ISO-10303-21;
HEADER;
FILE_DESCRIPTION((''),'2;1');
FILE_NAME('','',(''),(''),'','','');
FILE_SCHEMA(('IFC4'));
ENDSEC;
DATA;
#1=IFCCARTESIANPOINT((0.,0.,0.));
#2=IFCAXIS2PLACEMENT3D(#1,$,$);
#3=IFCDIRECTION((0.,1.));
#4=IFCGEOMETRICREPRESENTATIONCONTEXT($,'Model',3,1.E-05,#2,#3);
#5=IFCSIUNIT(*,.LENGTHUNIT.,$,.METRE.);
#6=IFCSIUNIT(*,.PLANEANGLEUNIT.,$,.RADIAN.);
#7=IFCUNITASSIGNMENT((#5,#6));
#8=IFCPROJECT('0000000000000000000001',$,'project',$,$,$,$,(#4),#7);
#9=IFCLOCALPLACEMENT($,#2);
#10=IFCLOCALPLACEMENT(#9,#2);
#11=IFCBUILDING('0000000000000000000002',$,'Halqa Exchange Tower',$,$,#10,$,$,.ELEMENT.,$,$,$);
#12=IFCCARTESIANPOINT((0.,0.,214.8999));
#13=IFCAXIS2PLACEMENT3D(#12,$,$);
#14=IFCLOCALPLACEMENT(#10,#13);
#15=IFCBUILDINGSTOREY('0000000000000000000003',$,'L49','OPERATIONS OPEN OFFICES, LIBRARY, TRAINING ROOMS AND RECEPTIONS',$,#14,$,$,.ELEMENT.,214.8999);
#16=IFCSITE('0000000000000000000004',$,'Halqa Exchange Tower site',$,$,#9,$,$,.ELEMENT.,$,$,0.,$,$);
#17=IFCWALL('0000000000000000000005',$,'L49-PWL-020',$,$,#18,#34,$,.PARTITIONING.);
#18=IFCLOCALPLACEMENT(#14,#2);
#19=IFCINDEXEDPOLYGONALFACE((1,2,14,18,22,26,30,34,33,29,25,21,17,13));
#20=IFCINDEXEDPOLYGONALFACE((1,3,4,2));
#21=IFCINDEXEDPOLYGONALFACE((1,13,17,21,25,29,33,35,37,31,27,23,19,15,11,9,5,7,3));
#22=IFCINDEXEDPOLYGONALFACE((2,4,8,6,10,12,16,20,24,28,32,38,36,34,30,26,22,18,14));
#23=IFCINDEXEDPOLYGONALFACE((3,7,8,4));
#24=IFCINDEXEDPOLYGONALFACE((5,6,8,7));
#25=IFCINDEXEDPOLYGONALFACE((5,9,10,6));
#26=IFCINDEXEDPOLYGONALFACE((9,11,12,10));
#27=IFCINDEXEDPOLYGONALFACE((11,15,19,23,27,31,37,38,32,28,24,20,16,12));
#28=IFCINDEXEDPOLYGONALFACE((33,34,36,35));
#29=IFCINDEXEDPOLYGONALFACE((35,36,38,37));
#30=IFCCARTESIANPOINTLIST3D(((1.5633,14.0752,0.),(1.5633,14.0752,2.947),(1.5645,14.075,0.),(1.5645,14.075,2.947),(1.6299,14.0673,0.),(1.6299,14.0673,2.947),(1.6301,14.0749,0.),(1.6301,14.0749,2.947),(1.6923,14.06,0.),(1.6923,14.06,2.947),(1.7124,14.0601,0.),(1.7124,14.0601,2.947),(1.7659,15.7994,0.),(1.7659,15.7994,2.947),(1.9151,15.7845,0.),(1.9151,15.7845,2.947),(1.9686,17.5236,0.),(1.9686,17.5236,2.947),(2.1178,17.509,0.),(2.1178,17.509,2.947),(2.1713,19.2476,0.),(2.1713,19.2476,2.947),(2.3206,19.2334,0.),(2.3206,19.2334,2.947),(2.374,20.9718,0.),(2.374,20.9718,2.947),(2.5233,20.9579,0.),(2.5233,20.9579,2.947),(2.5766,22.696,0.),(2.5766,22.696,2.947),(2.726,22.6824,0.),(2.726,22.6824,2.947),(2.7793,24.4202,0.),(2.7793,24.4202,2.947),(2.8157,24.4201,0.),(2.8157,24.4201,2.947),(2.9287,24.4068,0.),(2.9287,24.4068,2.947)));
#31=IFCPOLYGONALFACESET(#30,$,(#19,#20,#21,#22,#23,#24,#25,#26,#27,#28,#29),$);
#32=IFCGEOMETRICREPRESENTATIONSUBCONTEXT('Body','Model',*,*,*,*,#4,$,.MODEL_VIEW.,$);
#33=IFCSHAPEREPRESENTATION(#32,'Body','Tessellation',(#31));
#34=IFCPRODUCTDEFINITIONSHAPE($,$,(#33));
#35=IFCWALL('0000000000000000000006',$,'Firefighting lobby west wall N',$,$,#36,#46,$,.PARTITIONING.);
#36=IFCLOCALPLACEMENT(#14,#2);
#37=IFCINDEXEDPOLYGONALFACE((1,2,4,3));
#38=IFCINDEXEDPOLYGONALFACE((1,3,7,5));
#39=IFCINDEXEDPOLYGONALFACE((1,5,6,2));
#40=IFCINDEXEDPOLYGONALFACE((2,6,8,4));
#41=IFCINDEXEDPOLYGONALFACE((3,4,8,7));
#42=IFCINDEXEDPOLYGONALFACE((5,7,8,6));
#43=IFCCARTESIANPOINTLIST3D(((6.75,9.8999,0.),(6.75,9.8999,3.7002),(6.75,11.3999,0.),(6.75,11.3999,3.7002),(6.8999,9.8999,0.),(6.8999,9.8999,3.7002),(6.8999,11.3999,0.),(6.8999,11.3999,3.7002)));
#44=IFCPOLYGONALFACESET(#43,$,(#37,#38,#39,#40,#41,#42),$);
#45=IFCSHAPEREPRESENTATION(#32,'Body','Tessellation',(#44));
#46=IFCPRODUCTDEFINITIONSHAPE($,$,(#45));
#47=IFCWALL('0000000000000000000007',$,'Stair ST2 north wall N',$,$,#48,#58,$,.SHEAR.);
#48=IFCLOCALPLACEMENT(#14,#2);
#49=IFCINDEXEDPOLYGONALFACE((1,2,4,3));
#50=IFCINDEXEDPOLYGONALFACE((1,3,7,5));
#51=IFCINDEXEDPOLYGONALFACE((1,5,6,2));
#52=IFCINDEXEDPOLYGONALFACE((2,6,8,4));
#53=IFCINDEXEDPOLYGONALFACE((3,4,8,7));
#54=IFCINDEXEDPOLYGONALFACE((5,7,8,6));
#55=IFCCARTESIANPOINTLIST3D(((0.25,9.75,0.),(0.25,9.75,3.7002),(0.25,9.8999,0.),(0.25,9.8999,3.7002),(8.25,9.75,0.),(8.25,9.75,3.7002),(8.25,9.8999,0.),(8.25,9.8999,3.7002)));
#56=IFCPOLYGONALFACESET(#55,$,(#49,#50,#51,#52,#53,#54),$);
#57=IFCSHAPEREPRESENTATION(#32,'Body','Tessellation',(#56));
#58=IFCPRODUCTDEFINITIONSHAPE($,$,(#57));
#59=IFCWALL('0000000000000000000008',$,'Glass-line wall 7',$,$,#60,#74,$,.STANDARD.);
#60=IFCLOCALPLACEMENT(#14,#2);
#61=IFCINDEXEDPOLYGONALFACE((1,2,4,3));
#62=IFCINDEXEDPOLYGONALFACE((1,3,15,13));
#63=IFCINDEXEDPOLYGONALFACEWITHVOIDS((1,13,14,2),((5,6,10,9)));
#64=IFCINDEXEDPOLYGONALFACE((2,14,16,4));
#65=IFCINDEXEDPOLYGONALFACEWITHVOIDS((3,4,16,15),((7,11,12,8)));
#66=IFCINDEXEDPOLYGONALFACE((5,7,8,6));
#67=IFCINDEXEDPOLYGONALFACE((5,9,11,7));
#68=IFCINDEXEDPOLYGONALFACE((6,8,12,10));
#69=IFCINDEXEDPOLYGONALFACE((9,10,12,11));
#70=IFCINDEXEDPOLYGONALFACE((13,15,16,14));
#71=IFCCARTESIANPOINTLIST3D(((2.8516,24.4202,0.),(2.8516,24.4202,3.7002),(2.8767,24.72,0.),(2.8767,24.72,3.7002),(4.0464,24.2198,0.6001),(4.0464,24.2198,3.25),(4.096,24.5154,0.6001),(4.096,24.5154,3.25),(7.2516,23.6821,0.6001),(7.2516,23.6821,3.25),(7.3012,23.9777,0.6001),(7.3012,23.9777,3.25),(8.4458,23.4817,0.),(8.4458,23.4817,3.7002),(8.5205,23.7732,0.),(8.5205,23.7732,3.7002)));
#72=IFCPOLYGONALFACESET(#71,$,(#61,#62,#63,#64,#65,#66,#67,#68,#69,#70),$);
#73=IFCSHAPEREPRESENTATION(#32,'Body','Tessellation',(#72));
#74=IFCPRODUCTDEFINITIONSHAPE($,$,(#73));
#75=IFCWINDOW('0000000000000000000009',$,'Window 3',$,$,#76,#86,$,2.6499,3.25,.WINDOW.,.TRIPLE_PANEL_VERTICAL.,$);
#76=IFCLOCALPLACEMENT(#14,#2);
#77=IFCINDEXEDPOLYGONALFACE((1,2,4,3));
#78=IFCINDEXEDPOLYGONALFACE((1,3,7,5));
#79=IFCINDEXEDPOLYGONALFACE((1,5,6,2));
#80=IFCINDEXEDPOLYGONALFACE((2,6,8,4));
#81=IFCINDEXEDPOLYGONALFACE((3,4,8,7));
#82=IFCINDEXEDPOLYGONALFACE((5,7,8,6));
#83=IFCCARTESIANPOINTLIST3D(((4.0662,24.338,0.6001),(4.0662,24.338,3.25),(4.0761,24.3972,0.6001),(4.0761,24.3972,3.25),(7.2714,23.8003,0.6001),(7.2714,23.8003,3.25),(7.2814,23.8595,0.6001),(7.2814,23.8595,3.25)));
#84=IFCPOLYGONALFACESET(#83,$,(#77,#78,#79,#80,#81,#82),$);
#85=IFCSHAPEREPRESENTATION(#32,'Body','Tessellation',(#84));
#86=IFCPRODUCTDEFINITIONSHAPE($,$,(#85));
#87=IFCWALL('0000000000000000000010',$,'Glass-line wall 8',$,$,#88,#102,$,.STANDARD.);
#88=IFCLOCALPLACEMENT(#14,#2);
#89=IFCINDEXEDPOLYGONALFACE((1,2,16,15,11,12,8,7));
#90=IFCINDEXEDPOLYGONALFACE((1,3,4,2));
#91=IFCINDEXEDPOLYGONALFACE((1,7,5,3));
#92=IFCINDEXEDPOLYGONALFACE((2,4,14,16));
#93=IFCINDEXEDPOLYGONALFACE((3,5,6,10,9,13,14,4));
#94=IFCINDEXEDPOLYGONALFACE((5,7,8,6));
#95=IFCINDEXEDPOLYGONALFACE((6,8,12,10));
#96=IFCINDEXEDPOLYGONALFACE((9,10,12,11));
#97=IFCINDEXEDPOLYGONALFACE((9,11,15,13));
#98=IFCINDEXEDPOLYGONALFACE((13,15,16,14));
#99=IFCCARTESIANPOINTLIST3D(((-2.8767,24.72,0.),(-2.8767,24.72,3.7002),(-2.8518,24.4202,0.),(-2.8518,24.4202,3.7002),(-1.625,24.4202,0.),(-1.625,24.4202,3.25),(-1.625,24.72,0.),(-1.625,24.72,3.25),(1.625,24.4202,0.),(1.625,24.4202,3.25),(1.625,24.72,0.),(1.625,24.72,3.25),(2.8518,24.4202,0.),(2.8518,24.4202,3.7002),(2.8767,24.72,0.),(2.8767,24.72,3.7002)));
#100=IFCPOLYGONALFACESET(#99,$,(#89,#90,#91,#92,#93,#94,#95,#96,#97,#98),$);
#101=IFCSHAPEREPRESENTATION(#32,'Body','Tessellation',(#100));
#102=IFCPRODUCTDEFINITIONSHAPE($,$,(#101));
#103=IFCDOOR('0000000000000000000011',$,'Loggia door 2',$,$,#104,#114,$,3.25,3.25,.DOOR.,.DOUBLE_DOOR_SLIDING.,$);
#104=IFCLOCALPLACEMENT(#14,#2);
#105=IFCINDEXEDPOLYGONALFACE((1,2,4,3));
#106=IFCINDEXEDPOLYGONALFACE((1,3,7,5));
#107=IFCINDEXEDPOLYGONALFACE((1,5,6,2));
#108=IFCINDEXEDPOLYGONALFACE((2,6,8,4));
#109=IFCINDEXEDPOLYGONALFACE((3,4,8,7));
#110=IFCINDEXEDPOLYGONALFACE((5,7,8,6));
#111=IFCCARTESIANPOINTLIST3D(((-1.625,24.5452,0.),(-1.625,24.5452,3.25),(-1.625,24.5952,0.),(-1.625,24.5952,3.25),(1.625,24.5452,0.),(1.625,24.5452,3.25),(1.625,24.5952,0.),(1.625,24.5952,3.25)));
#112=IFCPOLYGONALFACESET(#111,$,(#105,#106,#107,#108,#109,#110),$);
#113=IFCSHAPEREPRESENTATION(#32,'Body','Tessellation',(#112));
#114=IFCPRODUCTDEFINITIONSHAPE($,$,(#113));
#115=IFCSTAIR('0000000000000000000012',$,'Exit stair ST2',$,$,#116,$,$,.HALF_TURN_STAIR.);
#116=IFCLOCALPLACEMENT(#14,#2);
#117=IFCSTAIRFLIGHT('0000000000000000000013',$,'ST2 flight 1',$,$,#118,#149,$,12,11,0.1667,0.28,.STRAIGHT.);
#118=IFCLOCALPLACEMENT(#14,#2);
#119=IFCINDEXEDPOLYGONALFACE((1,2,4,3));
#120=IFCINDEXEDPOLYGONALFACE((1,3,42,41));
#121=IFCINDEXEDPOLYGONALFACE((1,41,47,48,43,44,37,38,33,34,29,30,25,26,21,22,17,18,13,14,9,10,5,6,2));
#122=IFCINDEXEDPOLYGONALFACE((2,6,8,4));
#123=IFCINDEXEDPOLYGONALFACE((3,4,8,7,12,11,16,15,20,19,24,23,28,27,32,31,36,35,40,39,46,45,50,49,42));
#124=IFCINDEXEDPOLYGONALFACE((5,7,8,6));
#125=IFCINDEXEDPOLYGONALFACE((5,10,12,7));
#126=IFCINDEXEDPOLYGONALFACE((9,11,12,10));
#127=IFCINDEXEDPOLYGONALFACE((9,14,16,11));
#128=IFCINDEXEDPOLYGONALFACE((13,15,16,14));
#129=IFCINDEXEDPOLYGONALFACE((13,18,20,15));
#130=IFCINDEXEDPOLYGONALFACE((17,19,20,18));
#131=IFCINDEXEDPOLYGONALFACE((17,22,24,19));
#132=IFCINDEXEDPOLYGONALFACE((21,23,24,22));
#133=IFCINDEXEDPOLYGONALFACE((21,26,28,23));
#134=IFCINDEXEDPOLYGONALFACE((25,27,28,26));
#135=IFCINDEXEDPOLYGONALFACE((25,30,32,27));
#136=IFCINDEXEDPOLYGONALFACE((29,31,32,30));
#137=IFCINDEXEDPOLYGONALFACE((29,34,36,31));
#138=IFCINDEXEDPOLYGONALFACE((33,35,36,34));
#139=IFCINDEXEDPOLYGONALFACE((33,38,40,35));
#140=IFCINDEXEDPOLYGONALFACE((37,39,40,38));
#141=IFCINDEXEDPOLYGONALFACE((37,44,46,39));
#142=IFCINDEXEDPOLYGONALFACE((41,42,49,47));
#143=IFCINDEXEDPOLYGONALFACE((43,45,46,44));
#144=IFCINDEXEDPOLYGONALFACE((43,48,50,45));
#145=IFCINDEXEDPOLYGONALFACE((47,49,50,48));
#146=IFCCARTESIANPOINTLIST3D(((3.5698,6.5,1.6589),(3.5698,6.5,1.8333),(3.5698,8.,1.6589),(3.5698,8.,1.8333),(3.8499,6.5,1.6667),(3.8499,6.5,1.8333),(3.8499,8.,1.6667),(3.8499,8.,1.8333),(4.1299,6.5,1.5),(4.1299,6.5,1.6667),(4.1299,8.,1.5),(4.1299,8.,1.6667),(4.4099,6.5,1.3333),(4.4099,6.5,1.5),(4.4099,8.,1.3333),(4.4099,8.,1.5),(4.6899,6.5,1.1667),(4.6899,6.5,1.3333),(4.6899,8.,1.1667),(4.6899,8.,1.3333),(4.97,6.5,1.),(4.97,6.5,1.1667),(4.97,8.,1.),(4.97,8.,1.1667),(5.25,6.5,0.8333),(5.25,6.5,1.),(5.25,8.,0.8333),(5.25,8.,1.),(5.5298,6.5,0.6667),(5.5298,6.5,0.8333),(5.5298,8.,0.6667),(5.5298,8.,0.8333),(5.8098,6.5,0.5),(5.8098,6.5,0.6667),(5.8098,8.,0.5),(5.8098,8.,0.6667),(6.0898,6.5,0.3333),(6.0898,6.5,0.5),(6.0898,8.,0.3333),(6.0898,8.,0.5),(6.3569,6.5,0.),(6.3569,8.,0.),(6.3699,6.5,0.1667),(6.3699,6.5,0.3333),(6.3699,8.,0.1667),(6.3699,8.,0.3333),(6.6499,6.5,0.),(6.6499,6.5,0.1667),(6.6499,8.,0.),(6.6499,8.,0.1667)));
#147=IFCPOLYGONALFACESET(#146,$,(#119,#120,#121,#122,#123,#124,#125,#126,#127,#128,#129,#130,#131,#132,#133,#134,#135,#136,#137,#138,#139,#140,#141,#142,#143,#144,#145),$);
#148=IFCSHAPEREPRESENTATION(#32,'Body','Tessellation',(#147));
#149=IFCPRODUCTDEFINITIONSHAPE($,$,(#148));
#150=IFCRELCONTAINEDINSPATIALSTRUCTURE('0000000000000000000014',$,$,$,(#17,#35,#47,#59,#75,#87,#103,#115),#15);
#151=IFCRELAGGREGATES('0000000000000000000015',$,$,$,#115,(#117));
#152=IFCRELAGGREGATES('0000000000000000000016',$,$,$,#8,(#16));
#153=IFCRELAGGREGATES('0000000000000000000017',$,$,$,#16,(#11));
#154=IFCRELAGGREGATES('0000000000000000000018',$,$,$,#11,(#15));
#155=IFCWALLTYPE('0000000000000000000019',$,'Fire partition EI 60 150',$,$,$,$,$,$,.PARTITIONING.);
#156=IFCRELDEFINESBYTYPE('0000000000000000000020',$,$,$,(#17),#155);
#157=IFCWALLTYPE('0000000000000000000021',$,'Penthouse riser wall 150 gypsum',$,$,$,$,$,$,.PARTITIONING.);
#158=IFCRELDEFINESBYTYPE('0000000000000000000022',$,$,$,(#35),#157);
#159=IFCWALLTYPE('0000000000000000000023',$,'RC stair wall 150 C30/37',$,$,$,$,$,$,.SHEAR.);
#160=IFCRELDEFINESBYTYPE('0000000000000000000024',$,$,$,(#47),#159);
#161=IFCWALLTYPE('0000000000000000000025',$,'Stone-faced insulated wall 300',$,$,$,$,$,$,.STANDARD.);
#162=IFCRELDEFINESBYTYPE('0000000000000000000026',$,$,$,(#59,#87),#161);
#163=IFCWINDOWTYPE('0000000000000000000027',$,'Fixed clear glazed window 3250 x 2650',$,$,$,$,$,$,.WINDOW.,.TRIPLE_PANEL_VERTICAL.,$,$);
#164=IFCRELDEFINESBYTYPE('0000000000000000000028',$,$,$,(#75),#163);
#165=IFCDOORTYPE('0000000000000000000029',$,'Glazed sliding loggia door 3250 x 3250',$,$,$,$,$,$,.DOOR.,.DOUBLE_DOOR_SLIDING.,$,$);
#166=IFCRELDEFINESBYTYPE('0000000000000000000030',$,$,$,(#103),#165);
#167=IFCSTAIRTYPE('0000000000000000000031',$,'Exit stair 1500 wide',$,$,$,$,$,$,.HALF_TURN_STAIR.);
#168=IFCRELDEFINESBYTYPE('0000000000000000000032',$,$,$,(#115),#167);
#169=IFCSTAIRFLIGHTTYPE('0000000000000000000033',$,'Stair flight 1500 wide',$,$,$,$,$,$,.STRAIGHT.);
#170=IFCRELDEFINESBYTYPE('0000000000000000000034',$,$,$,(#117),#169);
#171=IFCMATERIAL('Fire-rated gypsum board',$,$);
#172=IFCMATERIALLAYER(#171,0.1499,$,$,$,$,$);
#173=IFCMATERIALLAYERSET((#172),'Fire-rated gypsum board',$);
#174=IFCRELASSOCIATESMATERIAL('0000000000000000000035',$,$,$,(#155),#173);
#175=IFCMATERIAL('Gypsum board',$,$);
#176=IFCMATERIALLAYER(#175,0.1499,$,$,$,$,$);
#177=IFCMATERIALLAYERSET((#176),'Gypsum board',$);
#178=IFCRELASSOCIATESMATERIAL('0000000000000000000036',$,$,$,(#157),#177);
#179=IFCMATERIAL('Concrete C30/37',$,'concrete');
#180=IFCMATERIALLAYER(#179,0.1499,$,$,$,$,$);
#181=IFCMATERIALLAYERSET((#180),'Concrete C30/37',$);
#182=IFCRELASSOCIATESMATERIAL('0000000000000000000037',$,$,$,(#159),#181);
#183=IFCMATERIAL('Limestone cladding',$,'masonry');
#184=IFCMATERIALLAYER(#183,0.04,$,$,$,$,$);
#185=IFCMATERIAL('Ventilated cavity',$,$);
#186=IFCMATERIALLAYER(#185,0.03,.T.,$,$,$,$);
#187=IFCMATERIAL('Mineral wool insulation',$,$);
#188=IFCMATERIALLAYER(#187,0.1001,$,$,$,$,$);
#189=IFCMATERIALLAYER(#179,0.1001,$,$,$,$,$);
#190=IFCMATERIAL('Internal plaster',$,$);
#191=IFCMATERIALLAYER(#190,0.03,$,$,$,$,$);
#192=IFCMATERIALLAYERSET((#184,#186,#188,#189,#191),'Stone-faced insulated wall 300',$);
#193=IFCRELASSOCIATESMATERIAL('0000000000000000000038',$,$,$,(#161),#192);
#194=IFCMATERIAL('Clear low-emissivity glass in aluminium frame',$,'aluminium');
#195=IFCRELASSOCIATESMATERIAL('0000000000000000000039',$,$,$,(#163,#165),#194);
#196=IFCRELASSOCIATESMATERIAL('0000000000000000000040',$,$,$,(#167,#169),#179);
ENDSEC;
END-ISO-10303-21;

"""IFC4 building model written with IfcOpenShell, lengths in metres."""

from ifc_helpers import new_model, si_unit, direction, frame, frame_2d, origin, place, context, subcontext, project, spatial, polyline, rectangle, outline, extrude, material, layer, layer_set, type_object, element, fill, aggregate, save


model = new_model("IFC4")

# Units and contexts
model_context = context("Model", 3, precision=1e-05, world=origin(), true_north=direction((0.0, 1.0)))
body_context = subcontext(model_context, "Body", "Model", "MODEL_VIEW")
ifc_project = project(units=[si_unit("LENGTHUNIT", "METRE"), si_unit("PLANEANGLEUNIT", "RADIAN")], contexts=[model_context])

# Site, building, storey
site_placement = place(None, origin())
site = spatial("IfcSite", under=ifc_project, at=site_placement, Name="Halqa Exchange Tower site", CompositionType="ELEMENT", RefElevation=0.0)
building_placement = place(site_placement, origin())
building = spatial("IfcBuilding", under=site, at=building_placement, Name="Halqa Exchange Tower", CompositionType="ELEMENT")
storey_placement = place(building_placement, frame((0.0, 0.0, 214.8999)))
storey = spatial("IfcBuildingStorey", under=building, at=storey_placement, Name="L49", Description="OPERATIONS OPEN OFFICES, LIBRARY, TRAINING ROOMS AND RECEPTIONS", CompositionType="ELEMENT", Elevation=214.8999)

# Wall
ifc_material_1 = material(Name="Fire-rated gypsum board")
ifc_layer_1 = layer(ifc_material_1, 0.1499)
ifc_layer_set_1 = layer_set([ifc_layer_1], Name="Fire-rated gypsum board")
wall_type_1 = type_object("IfcWallType", Name="Fire partition EI 60 150", PredefinedType="PARTITIONING", material=ifc_layer_set_1)
wall_1_placement = place(storey_placement, frame((1.6377, 14.0664, 0.0), z_axis=(0.0, 0.0, 1.0), x_axis=(0.116747, 0.993162, 0.0)))
element("IfcWall", 1, at=wall_1_placement, inside=storey, type_object=wall_type_1, Name="L49-PWL-020", PredefinedType="PARTITIONING", context=body_context, shape_type="SweptSolid", body=[
    extrude(outline(polyline([(10.4204, -0.075), (10.4204, 0.0388), (10.4163, 0.075), (8.6802, 0.075), (6.9441, 0.075), (5.208, 0.075), (3.4722, 0.075), (1.7361, 0.075), (0.0, 0.075), (0.0, 0.0737), (0.0076, 0.0085), (0.0, 0.0078), (0.0, -0.0549), (0.0024, -0.075), (1.7388, -0.075), (3.4751, -0.075), (5.2114, -0.075), (6.9478, -0.075), (8.6841, -0.075), (10.4204, -0.075)])), origin(), (0.0, 0.0, 1.0), 2.947),
])

# Walls
ifc_material_2 = material(Name="Gypsum board")
ifc_layer_2 = layer(ifc_material_2, 0.1499)
ifc_layer_set_2 = layer_set([ifc_layer_2], Name="Gypsum board")
wall_type_2 = type_object("IfcWallType", Name="Penthouse riser wall 150 gypsum", PredefinedType="PARTITIONING", material=ifc_layer_set_2)
wall_2_placement = place(storey_placement, frame((6.825, 9.8999, 0.0), z_axis=(0.0, 0.0, 1.0), x_axis=(0.0, 1.0, 0.0)))
element("IfcWall", 2, at=wall_2_placement, inside=storey, type_object=wall_type_2, Name="Firefighting lobby west wall N", PredefinedType="PARTITIONING", context=body_context, shape_type="SweptSolid", body=[
    extrude(rectangle(XDim=1.5, YDim=0.1499, at=frame_2d((0.75, 0.0))), origin(), (0.0, 0.0, 1.0), 3.7002),
])
ifc_material_3 = material(Name="Concrete C30/37", Category="concrete")
ifc_layer_3 = layer(ifc_material_3, 0.1499)
ifc_layer_set_3 = layer_set([ifc_layer_3], Name="Concrete C30/37")
wall_type_3 = type_object("IfcWallType", Name="RC stair wall 150 C30/37", PredefinedType="SHEAR", material=ifc_layer_set_3)
wall_3_placement = place(storey_placement, frame((0.25, 9.825, 0.0), z_axis=(0.0, 0.0, 1.0), x_axis=(1.0, 0.0, 0.0)))
element("IfcWall", 3, at=wall_3_placement, inside=storey, type_object=wall_type_3, Name="Stair ST2 north wall N", PredefinedType="SHEAR", context=body_context, shape_type="SweptSolid", body=[
    extrude(rectangle(XDim=8.0, YDim=0.1499, at=frame_2d((4.0, 0.0))), origin(), (0.0, 0.0, 1.0), 3.7002),
])

# Wall, opening, window
ifc_material_4 = material(Name="Limestone cladding", Category="masonry")
ifc_layer_4 = layer(ifc_material_4, 0.04)
ifc_material_5 = material(Name="Ventilated cavity")
ifc_layer_5 = layer(ifc_material_5, 0.03, ventilated=True)
ifc_material_6 = material(Name="Mineral wool insulation")
ifc_layer_6 = layer(ifc_material_6, 0.1001)
ifc_layer_7 = layer(ifc_material_3, 0.1001)
ifc_material_7 = material(Name="Internal plaster")
ifc_layer_8 = layer(ifc_material_7, 0.03)
ifc_layer_set_4 = layer_set([ifc_layer_4, ifc_layer_5, ifc_layer_6, ifc_layer_7, ifc_layer_8], Name="Stone-faced insulated wall 300")
wall_type_4 = type_object("IfcWallType", Name="Stone-faced insulated wall 300", PredefinedType="STANDARD", material=ifc_layer_set_4)
wall_4_placement = place(storey_placement, frame((8.4832, 23.6274, 0.0), z_axis=(0.0, 0.0, 1.0), x_axis=(-0.986218, 0.165448, 0.0)))
wall_4 = element("IfcWall", 4, at=wall_4_placement, inside=storey, type_object=wall_type_4, Name="Glass-line wall 7", PredefinedType="STANDARD", context=body_context, shape_type="SweptSolid", body=[
    extrude(outline(polyline([(-0.0127, -0.1499), (5.71, -0.1499), (5.6851, 0.1499), (0.0127, 0.1499), (-0.0127, -0.1499)])), origin(), (0.0, 0.0, 1.0), 3.7002),
])
opening_1_placement = place(wall_4_placement, frame((1.2236, 0.0, 0.6001)))
opening_1 = element("IfcOpeningElement", 5, at=opening_1_placement, cuts=wall_4, PredefinedType="OPENING", context=body_context, shape_type="SweptSolid", body=[
    extrude(rectangle(XDim=3.25, YDim=2.6499, at=frame_2d((1.625, 1.325))), frame((0.0, 0.1621, 0.0), z_axis=(0.0, -1.0, 0.0), x_axis=(1.0, 0.0, 0.0)), (0.0, 0.0, 1.0), 0.324),
])
ifc_material_8 = material(Name="Clear low-emissivity glass in aluminium frame", Category="aluminium")
window_type = type_object("IfcWindowType", Name="Fixed clear glazed window 3250 x 2650", PartitioningType="TRIPLE_PANEL_VERTICAL", PredefinedType="WINDOW", material=ifc_material_8)
window_placement = place(opening_1_placement, origin())
window = element("IfcWindow", 6, at=window_placement, inside=storey, type_object=window_type, Name="Window 3", OverallHeight=2.6499, OverallWidth=3.25, PartitioningType="TRIPLE_PANEL_VERTICAL", PredefinedType="WINDOW", context=body_context, shape_type="SweptSolid", body=[
    extrude(rectangle(XDim=3.25, YDim=2.6499, at=frame_2d((1.625, 1.325))), frame((0.0, 0.03, 0.0), z_axis=(0.0, -1.0, 0.0), x_axis=(1.0, 0.0, 0.0)), (0.0, 0.0, 1.0), 0.0601),
])
fill(opening_1, window)

# Wall, opening, door
wall_5_placement = place(storey_placement, frame((2.8643, 24.5701, 0.0), z_axis=(0.0, 0.0, 1.0), x_axis=(-1.0, 0.0, 0.0)))
wall_5 = element("IfcWall", 7, at=wall_5_placement, inside=storey, type_object=wall_type_4, Name="Glass-line wall 8", PredefinedType="STANDARD", context=body_context, shape_type="SweptSolid", body=[
    extrude(outline(polyline([(-0.0125, -0.1499), (5.741, -0.1499), (5.7161, 0.1499), (0.0125, 0.1499), (-0.0125, -0.1499)])), origin(), (0.0, 0.0, 1.0), 3.7002),
])
opening_2_placement = place(wall_5_placement, frame((1.2393, 0.0, 0.0)))
opening_2 = element("IfcOpeningElement", 8, at=opening_2_placement, cuts=wall_5, PredefinedType="OPENING", context=body_context, shape_type="SweptSolid", body=[
    extrude(rectangle(XDim=3.25, YDim=3.25, at=frame_2d((1.625, 1.625))), frame((0.0, 0.1621, 0.0), z_axis=(0.0, -1.0, 0.0), x_axis=(1.0, 0.0, 0.0)), (0.0, 0.0, 1.0), 0.324),
])
door_type_1 = type_object("IfcDoorType", Name="Glazed sliding loggia door 3250 x 3250", OperationType="DOUBLE_DOOR_SLIDING", PredefinedType="DOOR", material=ifc_material_8)
door_1_placement = place(opening_2_placement, origin())
door_1 = element("IfcDoor", 9, at=door_1_placement, inside=storey, type_object=door_type_1, Name="Loggia door 2", OperationType="DOUBLE_DOOR_SLIDING", OverallHeight=3.25, OverallWidth=3.25, PredefinedType="DOOR", context=body_context, shape_type="SweptSolid", body=[
    extrude(rectangle(XDim=3.25, YDim=3.25, at=frame_2d((1.625, 1.625))), frame((0.0, 0.0249, 0.0), z_axis=(0.0, -1.0, 0.0), x_axis=(1.0, 0.0, 0.0)), (0.0, 0.0, 1.0), 0.05),
])
fill(opening_2, door_1)

# Stair, stair flight
stair_type = type_object("IfcStairType", Name="Exit stair 1500 wide", PredefinedType="HALF_TURN_STAIR", material=ifc_material_3)
stair_placement = place(storey_placement, origin())
stair = element("IfcStair", 10, at=stair_placement, inside=storey, type_object=stair_type, Name="Exit stair ST2", PredefinedType="HALF_TURN_STAIR")
stair_flight_type = type_object("IfcStairFlightType", Name="Stair flight 1500 wide", PredefinedType="STRAIGHT", material=ifc_material_3)
stair_flight_1_placement = place(storey_placement, frame((6.6499, 7.25, 0.0), z_axis=(0.0, 0.0, 1.0), x_axis=(-1.0, 0.0, 0.0)))
stair_flight_1 = element("IfcStairFlight", 11, at=stair_flight_1_placement, type_object=stair_flight_type, Name="ST2 flight 1", NumberOfRisers=12, NumberOfTreads=11, PredefinedType="STRAIGHT", RiserHeight=0.1667, TreadLength=0.28, context=body_context, shape_type="SweptSolid", body=[
    extrude(outline(polyline([(0.0, 0.0), (0.0, 0.1667), (0.28, 0.1667), (0.28, 0.3333), (0.5601, 0.3333), (0.5601, 0.5), (0.8401, 0.5), (0.8401, 0.6667), (1.1201, 0.6667), (1.1201, 0.8333), (1.3999, 0.8333), (1.3999, 1.0), (1.6799, 1.0), (1.6799, 1.1667), (1.96, 1.1667), (1.96, 1.3333), (2.24, 1.3333), (2.24, 1.5), (2.52, 1.5), (2.52, 1.6667), (2.8, 1.6667), (2.8, 1.8333), (3.0801, 1.8333), (3.0801, 2.0), (3.0801, 1.6589), (0.293, 0.0), (0.0, 0.0)])), frame((0.0, 0.75, 0.0), z_axis=(0.0, -1.0, 0.0), x_axis=(1.0, 0.0, 0.0)), (0.0, 0.0, 1.0), 1.5),
])
aggregate(stair, [stair_flight_1])

save(model, "model.ifc")
